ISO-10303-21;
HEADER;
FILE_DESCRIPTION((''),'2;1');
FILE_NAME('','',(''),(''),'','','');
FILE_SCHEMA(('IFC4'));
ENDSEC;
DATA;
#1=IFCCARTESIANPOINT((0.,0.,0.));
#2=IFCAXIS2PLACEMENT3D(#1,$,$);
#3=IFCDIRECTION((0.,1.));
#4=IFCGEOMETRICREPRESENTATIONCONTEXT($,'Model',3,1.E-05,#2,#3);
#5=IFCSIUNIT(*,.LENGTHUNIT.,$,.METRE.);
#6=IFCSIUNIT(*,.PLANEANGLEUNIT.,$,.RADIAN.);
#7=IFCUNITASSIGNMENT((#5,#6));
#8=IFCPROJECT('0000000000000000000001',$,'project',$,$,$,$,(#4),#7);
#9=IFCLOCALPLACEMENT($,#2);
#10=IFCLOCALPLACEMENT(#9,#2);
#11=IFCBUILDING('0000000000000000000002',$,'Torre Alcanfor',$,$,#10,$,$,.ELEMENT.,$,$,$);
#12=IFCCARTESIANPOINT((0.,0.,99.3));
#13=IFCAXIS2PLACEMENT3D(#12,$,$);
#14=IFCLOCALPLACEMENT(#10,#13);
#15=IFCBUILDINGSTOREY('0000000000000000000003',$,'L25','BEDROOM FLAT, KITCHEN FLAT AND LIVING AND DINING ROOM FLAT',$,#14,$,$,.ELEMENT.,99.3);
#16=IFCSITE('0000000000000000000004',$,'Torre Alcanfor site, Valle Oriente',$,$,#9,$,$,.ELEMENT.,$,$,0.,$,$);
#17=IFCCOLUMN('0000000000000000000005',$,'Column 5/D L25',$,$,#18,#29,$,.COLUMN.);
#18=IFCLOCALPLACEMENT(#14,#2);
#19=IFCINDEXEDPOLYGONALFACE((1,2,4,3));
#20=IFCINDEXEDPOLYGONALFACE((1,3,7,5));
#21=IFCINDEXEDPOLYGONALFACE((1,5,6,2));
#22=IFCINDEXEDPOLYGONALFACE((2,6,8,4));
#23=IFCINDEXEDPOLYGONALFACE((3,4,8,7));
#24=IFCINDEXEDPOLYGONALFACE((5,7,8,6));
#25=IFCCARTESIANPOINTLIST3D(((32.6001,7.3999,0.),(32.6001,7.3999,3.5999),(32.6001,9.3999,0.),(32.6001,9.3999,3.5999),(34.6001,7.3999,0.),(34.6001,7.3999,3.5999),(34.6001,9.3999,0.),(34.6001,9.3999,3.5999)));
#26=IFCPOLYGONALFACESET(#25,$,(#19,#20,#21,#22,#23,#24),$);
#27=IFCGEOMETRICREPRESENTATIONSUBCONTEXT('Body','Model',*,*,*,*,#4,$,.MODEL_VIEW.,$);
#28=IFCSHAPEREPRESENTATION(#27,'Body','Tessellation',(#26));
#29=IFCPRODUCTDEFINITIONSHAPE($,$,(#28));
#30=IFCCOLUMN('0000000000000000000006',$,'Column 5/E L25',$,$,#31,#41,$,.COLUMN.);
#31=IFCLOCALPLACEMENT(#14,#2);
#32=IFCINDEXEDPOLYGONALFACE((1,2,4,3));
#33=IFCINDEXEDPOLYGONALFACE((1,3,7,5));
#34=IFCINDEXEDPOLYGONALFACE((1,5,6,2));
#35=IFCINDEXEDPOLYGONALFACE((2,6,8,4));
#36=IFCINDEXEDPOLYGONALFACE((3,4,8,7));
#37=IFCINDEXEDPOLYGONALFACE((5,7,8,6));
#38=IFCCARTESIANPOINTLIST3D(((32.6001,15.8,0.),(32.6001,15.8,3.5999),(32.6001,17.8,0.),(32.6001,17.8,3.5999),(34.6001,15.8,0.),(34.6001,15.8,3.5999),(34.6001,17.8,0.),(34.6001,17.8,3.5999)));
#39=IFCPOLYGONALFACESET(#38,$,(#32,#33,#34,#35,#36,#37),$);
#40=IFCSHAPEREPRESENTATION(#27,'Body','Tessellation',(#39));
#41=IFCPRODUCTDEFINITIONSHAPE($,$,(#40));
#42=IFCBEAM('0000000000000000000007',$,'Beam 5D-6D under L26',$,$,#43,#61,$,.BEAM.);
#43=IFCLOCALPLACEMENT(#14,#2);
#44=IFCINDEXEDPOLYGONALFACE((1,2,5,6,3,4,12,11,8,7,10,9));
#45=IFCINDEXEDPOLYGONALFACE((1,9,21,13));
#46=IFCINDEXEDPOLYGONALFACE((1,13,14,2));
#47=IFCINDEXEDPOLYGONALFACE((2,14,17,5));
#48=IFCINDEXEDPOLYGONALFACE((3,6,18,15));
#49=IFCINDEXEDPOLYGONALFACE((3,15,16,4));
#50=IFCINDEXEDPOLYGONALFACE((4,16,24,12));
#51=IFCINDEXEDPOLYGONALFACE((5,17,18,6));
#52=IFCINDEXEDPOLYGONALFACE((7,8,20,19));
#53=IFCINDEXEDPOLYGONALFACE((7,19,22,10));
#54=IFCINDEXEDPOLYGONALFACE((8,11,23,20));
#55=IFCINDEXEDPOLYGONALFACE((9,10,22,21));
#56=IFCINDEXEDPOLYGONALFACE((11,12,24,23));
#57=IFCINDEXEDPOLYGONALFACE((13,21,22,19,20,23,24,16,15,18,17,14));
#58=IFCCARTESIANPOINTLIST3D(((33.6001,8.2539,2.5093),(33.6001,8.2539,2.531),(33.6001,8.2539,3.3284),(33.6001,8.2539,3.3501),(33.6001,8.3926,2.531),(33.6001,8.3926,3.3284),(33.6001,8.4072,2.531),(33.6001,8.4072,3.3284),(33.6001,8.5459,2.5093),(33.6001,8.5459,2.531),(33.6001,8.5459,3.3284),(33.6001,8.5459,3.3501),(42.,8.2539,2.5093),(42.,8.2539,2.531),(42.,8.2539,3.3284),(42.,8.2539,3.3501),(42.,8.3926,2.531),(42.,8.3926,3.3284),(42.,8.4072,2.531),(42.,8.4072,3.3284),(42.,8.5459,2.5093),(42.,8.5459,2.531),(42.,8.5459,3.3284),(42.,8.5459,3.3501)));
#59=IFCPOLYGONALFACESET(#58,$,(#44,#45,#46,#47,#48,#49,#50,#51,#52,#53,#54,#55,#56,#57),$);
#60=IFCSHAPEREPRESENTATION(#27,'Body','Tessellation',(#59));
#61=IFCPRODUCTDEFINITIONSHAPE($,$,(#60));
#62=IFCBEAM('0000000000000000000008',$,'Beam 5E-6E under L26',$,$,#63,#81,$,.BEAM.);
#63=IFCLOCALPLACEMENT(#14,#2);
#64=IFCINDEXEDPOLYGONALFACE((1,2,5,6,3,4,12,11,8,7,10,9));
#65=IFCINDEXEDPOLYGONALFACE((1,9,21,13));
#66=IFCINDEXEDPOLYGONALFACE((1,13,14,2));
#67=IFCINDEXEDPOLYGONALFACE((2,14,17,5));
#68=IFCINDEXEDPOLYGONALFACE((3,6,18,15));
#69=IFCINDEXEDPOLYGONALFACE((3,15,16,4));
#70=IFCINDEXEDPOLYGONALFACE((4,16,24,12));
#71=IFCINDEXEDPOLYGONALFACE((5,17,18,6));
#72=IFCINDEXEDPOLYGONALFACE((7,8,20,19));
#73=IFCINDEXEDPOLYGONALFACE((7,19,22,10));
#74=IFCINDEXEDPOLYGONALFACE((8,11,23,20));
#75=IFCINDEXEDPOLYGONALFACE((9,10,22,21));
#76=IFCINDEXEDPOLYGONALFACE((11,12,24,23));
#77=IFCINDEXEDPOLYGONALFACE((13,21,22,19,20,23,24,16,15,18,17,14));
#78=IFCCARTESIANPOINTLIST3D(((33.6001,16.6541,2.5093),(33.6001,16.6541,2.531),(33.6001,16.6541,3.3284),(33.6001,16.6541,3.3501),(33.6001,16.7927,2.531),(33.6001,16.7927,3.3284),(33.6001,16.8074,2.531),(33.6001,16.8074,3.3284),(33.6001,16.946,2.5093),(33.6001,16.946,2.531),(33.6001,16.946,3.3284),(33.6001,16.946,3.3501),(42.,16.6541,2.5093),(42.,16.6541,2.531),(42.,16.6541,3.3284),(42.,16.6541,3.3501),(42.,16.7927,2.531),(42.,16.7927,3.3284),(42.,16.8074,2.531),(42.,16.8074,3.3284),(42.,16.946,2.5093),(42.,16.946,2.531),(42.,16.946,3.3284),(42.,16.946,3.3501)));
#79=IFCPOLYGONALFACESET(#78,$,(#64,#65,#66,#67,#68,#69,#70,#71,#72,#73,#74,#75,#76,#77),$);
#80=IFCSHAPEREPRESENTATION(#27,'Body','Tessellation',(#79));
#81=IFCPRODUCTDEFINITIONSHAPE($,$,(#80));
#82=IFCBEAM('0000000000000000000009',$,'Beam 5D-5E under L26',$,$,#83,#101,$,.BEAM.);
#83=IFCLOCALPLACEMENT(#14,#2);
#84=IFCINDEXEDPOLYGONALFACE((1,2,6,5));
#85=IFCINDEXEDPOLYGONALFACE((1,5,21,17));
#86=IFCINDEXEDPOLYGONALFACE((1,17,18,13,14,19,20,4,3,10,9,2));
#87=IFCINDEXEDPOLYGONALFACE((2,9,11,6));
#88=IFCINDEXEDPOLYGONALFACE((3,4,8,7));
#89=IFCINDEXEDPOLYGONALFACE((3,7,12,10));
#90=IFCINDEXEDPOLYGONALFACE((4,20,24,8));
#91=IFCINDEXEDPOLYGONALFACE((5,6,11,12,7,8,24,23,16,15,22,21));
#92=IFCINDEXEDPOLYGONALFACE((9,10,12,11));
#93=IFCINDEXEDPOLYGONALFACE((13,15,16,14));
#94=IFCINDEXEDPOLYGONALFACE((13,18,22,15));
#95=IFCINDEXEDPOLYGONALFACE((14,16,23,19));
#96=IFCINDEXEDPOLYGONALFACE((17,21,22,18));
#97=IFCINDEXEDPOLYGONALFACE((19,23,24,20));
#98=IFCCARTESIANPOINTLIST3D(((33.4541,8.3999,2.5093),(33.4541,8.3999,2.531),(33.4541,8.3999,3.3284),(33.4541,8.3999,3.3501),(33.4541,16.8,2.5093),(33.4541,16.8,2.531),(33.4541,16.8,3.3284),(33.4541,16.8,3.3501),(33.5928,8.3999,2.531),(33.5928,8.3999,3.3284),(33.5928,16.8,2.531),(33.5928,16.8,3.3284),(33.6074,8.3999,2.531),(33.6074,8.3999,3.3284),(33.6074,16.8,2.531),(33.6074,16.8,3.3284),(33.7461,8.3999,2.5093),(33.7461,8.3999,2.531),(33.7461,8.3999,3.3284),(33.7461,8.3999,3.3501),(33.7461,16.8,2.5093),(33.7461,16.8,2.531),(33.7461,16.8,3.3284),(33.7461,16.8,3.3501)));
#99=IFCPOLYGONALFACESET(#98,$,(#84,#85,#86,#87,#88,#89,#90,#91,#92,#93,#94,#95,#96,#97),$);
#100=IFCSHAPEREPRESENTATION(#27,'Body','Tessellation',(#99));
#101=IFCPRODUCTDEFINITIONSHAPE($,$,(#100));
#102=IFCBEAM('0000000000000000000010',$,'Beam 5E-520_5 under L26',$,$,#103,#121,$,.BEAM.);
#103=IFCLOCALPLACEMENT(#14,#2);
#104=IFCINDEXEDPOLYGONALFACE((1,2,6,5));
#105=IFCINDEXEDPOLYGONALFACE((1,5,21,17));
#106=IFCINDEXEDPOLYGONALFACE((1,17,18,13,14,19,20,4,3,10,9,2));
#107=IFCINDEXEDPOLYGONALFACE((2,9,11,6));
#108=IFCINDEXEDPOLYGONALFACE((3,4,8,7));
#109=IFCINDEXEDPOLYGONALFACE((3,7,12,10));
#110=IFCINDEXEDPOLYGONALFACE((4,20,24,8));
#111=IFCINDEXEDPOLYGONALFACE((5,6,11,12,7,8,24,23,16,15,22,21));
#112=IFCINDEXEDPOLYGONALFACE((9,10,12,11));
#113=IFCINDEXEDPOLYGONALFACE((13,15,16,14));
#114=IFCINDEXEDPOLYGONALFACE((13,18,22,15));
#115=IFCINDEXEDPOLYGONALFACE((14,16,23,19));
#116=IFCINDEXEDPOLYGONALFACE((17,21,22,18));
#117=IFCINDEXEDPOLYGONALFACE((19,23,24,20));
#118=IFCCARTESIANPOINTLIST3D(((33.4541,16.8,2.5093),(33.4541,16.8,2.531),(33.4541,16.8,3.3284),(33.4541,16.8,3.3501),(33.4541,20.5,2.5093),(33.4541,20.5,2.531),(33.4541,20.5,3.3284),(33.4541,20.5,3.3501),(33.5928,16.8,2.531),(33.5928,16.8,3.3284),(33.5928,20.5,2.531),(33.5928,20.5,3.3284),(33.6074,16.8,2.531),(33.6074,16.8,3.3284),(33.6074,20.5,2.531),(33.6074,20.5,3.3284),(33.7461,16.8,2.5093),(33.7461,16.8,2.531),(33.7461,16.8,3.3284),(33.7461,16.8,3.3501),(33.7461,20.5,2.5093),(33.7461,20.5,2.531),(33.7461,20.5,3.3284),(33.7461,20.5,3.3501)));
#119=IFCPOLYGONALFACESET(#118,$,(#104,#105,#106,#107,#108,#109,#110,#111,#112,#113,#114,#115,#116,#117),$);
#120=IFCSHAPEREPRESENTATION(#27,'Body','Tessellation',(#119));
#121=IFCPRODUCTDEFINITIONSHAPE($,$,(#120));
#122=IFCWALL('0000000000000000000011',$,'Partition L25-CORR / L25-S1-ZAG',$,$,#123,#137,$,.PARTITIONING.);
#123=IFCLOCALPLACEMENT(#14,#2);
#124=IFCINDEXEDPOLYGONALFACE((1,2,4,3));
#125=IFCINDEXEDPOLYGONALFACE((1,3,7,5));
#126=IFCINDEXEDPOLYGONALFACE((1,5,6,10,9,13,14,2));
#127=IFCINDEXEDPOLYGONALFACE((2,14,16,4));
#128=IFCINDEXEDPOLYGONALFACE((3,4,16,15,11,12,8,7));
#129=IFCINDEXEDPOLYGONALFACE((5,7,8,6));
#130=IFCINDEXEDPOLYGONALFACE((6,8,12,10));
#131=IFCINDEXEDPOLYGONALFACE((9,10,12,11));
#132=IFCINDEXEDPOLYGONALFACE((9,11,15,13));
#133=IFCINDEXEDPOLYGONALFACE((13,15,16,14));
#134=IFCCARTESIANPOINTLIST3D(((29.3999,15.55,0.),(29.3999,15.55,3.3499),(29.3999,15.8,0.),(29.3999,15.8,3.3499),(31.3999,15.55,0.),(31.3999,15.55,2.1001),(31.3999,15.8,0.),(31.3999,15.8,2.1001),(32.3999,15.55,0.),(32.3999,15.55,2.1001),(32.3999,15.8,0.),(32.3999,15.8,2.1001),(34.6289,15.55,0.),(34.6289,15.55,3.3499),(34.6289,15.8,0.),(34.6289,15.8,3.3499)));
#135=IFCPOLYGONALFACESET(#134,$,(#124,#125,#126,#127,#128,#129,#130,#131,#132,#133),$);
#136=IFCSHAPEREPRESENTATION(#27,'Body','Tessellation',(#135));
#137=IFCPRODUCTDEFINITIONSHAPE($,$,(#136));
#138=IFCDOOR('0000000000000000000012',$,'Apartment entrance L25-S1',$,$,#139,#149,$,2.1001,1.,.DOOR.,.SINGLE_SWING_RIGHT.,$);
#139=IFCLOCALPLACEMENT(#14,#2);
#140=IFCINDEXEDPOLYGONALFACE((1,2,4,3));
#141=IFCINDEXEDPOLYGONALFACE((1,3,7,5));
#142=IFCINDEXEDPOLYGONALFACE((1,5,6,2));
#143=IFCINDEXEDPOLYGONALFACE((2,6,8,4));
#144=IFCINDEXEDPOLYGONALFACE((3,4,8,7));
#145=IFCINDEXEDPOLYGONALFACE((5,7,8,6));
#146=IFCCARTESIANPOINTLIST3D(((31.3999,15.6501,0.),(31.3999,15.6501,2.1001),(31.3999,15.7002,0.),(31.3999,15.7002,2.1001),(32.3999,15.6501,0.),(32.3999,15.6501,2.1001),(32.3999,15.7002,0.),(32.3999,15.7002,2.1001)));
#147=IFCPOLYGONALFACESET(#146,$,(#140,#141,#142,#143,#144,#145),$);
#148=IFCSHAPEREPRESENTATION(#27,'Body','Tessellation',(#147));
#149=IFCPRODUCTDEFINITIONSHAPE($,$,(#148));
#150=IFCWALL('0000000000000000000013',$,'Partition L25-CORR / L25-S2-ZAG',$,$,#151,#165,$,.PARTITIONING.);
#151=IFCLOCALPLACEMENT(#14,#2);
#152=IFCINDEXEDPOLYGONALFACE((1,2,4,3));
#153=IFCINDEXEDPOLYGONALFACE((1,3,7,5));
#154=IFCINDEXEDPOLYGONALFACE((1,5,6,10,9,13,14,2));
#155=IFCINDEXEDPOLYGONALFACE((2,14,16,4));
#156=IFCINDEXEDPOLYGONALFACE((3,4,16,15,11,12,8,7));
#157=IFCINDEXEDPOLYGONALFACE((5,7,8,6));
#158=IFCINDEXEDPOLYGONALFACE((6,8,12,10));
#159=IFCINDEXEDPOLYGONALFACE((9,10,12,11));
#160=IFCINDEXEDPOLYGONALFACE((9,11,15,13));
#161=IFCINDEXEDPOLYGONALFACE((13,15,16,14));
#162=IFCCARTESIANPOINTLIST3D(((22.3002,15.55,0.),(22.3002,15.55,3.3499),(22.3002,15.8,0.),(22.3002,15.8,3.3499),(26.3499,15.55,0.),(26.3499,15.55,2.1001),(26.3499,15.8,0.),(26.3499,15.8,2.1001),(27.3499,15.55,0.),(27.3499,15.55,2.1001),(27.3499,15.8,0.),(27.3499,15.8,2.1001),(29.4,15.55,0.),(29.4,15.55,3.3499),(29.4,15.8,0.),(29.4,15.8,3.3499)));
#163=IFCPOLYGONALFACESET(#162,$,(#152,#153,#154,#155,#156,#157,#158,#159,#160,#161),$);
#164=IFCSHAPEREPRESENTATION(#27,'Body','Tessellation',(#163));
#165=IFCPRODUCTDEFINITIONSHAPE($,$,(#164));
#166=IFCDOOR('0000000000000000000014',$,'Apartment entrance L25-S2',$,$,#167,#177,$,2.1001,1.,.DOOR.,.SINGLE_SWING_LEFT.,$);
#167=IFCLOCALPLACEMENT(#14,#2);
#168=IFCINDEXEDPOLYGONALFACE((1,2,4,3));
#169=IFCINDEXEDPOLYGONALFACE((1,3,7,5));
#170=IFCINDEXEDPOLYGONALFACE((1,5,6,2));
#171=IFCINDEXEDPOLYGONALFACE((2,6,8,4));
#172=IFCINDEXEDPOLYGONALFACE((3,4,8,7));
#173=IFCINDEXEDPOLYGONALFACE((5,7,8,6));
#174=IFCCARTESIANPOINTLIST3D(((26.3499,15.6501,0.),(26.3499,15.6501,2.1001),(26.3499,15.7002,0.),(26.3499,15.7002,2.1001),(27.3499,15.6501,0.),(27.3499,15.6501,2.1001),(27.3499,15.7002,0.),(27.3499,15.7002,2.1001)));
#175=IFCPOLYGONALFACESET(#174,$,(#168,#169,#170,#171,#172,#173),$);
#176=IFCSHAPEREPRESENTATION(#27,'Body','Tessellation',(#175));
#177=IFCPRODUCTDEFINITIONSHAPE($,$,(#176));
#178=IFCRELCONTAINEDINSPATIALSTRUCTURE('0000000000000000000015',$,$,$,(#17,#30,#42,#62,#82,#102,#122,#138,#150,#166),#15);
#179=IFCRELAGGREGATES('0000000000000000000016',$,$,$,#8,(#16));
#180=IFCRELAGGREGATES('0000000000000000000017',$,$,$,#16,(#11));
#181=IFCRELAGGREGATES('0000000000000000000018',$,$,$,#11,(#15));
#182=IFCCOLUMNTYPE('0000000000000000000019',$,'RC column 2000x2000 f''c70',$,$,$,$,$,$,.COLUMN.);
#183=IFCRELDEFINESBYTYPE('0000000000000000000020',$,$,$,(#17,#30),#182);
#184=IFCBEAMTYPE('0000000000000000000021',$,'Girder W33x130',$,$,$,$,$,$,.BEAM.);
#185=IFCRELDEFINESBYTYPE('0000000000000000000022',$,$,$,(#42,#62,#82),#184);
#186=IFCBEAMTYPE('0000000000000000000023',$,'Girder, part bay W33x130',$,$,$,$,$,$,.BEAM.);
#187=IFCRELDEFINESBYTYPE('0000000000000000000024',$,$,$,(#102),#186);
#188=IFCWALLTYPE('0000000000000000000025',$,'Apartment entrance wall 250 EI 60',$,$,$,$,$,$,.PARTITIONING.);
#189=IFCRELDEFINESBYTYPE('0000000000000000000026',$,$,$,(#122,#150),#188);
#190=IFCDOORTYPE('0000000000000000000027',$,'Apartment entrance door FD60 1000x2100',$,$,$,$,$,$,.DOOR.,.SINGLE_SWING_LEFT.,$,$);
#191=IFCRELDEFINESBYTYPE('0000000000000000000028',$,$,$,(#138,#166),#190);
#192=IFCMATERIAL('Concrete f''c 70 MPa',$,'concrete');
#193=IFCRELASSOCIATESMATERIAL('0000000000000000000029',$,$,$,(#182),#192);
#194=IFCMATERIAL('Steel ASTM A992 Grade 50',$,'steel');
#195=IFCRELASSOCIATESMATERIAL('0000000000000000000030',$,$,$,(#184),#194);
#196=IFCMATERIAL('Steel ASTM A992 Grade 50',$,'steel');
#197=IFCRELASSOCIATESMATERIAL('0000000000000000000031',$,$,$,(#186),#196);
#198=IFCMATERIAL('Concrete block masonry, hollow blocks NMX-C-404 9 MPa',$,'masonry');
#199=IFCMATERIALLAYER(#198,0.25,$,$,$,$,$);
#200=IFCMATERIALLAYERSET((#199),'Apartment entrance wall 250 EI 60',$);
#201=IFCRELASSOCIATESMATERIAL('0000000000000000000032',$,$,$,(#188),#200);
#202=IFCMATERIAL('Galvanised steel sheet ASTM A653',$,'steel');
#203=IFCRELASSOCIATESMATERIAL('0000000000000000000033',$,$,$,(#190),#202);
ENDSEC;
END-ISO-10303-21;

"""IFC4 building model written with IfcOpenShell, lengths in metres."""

from ifc_helpers import new_model, si_unit, direction, frame, frame_2d, origin, origin_2d, place, context, subcontext, project, spatial, rectangle, i_section, extrude, material, layer, layer_set, material_profile, profile_set, type_object, element, fill, save


model = new_model("IFC4")

# Units and contexts
model_context = context("Model", 3, precision=1e-05, world=origin(), true_north=direction((0.0, 1.0)))
body_context = subcontext(model_context, "Body", "Model", "MODEL_VIEW")
ifc_project = project(units=[si_unit("LENGTHUNIT", "METRE"), si_unit("PLANEANGLEUNIT", "RADIAN")], contexts=[model_context])

# Site, building, storey
site_placement = place(None, origin())
site = spatial("IfcSite", under=ifc_project, at=site_placement, Name="Torre Alcanfor site, Valle Oriente", CompositionType="ELEMENT", RefElevation=0.0)
building_placement = place(site_placement, origin())
building = spatial("IfcBuilding", under=site, at=building_placement, Name="Torre Alcanfor", CompositionType="ELEMENT")
storey_placement = place(building_placement, frame((0.0, 0.0, 99.3)))
storey = spatial("IfcBuildingStorey", under=building, at=storey_placement, Name="L25", Description="BEDROOM FLAT, KITCHEN FLAT AND LIVING AND DINING ROOM FLAT", CompositionType="ELEMENT", Elevation=99.3)

# Columns
ifc_material_1 = material(Name="Concrete f'c 70 MPa", Category="concrete")
ifc_material_profile_1 = material_profile(ifc_material_1, rectangle(XDim=2.0, YDim=2.0, at=origin_2d()), Name="2000x2000")
ifc_profile_set_1 = profile_set([ifc_material_profile_1], Name="Concrete f'c 70 MPa")
column_type = type_object("IfcColumnType", Name="RC column 2000x2000 f'c70", PredefinedType="COLUMN", material=ifc_profile_set_1)
for number, where, z_axis, x_axis, name in (
    (1, (33.6001, 8.3999, 0.0), (0.0, 0.0, 1.0), (1.0, 0.0, 0.0), "Column 5/D L25"),
    (2, (33.6001, 16.8, 0.0), (0.0, 0.0, 1.0), (1.0, 0.0, 0.0), "Column 5/E L25"),
):
    element("IfcColumn", number, at=place(storey_placement, frame(where, z_axis=z_axis, x_axis=x_axis)), inside=storey, type_object=column_type, Name=name, PredefinedType="COLUMN", context=body_context, shape_type="SweptSolid", body=[
        extrude(rectangle(XDim=2.0, YDim=2.0, at=origin_2d()), origin(), (0.0, 0.0, 1.0), 3.5999),
    ])

# Beams
ifc_material_2 = material(Name="Steel ASTM A992 Grade 50", Category="steel")
ifc_material_profile_2 = material_profile(ifc_material_2, i_section(OverallWidth=0.292, OverallDepth=0.8408, WebThickness=0.0146, FlangeThickness=0.0217, at=origin_2d()), Name="W33x130")
ifc_profile_set_2 = profile_set([ifc_material_profile_2], Name="Steel ASTM A992 Grade 50")
beam_type_1 = type_object("IfcBeamType", Name="Girder W33x130", PredefinedType="BEAM", material=ifc_profile_set_2)
for number, where, z_axis, x_axis, name in (
    (3, (33.6001, 8.3999, 2.9297), (1.0, 0.0, 0.0), (0.0, 1.0, 0.0), "Beam 5D-6D under L26"),
    (4, (33.6001, 16.8, 2.9297), (1.0, 0.0, 0.0), (0.0, 1.0, 0.0), "Beam 5E-6E under L26"),
):
    element("IfcBeam", number, at=place(storey_placement, frame(where, z_axis=z_axis, x_axis=x_axis)), inside=storey, type_object=beam_type_1, Name=name, PredefinedType="BEAM", context=body_context, shape_type="SweptSolid", body=[
        extrude(i_section(OverallWidth=0.292, OverallDepth=0.8408, WebThickness=0.0146, FlangeThickness=0.0217, at=origin_2d()), origin(), (0.0, 0.0, 1.0), 8.3999),
    ])
beam_1_placement = place(storey_placement, frame((33.6001, 8.3999, 2.9297), z_axis=(0.0, 1.0, 0.0), x_axis=(-1.0, 0.0, 0.0)))
element("IfcBeam", 5, at=beam_1_placement, inside=storey, type_object=beam_type_1, Name="Beam 5D-5E under L26", PredefinedType="BEAM", context=body_context, shape_type="SweptSolid", body=[
    extrude(i_section(OverallWidth=0.292, OverallDepth=0.8408, WebThickness=0.0146, FlangeThickness=0.0217, at=origin_2d()), origin(), (0.0, 0.0, 1.0), 8.4001),
])
ifc_material_3 = material(Name="Steel ASTM A992 Grade 50", Category="steel")
ifc_material_profile_3 = material_profile(ifc_material_3, i_section(OverallWidth=0.292, OverallDepth=0.8408, WebThickness=0.0146, FlangeThickness=0.0217, at=origin_2d()), Name="W33x130")
ifc_profile_set_3 = profile_set([ifc_material_profile_3], Name="Steel ASTM A992 Grade 50")
beam_type_2 = type_object("IfcBeamType", Name="Girder, part bay W33x130", PredefinedType="BEAM", material=ifc_profile_set_3)
beam_2_placement = place(storey_placement, frame((33.6001, 16.8, 2.9297), z_axis=(0.0, 1.0, 0.0), x_axis=(-1.0, 0.0, 0.0)))
element("IfcBeam", 6, at=beam_2_placement, inside=storey, type_object=beam_type_2, Name="Beam 5E-520_5 under L26", PredefinedType="BEAM", context=body_context, shape_type="SweptSolid", body=[
    extrude(i_section(OverallWidth=0.292, OverallDepth=0.8408, WebThickness=0.0146, FlangeThickness=0.0217, at=origin_2d()), origin(), (0.0, 0.0, 1.0), 3.7),
])

# Walls, openings, doors
ifc_material_4 = material(Name="Concrete block masonry, hollow blocks NMX-C-404 9 MPa", Category="masonry")
ifc_layer_1 = layer(ifc_material_4, 0.25)
ifc_layer_set_1 = layer_set([ifc_layer_1], Name="Apartment entrance wall 250 EI 60")
wall_type_1 = type_object("IfcWallType", Name="Apartment entrance wall 250 EI 60", PredefinedType="PARTITIONING", material=ifc_layer_set_1)
wall_1_placement = place(storey_placement, frame((34.6289, 15.675, 0.0), z_axis=(0.0, 0.0, 1.0), x_axis=(-1.0, 0.0, 0.0)))
wall_1 = element("IfcWall", 7, at=wall_1_placement, inside=storey, type_object=wall_type_1, Name="Partition L25-CORR / L25-S1-ZAG", PredefinedType="PARTITIONING", context=body_context, shape_type="SweptSolid", body=[
    extrude(rectangle(XDim=5.229, YDim=0.25, at=frame_2d((2.6145, 0.0))), origin(), (0.0, 0.0, 1.0), 3.3499),
])
opening_1_placement = place(wall_1_placement, frame((2.229, 0.0, 0.0)))
opening_1 = element("IfcOpeningElement", 8, at=opening_1_placement, cuts=wall_1, PredefinedType="OPENING", context=body_context, shape_type="SweptSolid", body=[
    extrude(rectangle(XDim=1.0, YDim=2.1001, at=frame_2d((0.5, 1.05))), frame((0.0, 0.135, 0.0), z_axis=(0.0, -1.0, 0.0), x_axis=(1.0, 0.0, 0.0)), (0.0, 0.0, 1.0), 0.27),
])
ifc_material_5 = material(Name="Galvanised steel sheet ASTM A653", Category="steel")
door_type_1 = type_object("IfcDoorType", Name="Apartment entrance door FD60 1000x2100", OperationType="SINGLE_SWING_LEFT", PredefinedType="DOOR", material=ifc_material_5)
door_1_placement = place(opening_1_placement, origin())
door_1 = element("IfcDoor", 9, at=door_1_placement, inside=storey, type_object=door_type_1, Name="Apartment entrance L25-S1", OperationType="SINGLE_SWING_RIGHT", OverallHeight=2.1001, OverallWidth=1.0, PredefinedType="DOOR", context=body_context, shape_type="SweptSolid", body=[
    extrude(rectangle(XDim=1.0, YDim=2.1001, at=frame_2d((0.5, 1.05))), frame((0.0, 0.0249, 0.0), z_axis=(0.0, -1.0, 0.0), x_axis=(1.0, 0.0, 0.0)), (0.0, 0.0, 1.0), 0.05),
])
fill(opening_1, door_1)
wall_2_placement = place(storey_placement, frame((29.3999, 15.675, 0.0), z_axis=(0.0, 0.0, 1.0), x_axis=(-1.0, 0.0, 0.0)))
wall_2 = element("IfcWall", 10, at=wall_2_placement, inside=storey, type_object=wall_type_1, Name="Partition L25-CORR / L25-S2-ZAG", PredefinedType="PARTITIONING", context=body_context, shape_type="SweptSolid", body=[
    extrude(rectangle(XDim=7.0999, YDim=0.25, at=frame_2d((3.5498, 0.0))), origin(), (0.0, 0.0, 1.0), 3.3499),
])
opening_2_placement = place(wall_2_placement, frame((2.05, 0.0, 0.0)))
opening_2 = element("IfcOpeningElement", 11, at=opening_2_placement, cuts=wall_2, PredefinedType="OPENING", context=body_context, shape_type="SweptSolid", body=[
    extrude(rectangle(XDim=1.0, YDim=2.1001, at=frame_2d((0.5, 1.05))), frame((0.0, 0.135, 0.0), z_axis=(0.0, -1.0, 0.0), x_axis=(1.0, 0.0, 0.0)), (0.0, 0.0, 1.0), 0.27),
])
door_2_placement = place(opening_2_placement, origin())
door_2 = element("IfcDoor", 12, at=door_2_placement, inside=storey, type_object=door_type_1, Name="Apartment entrance L25-S2", OperationType="SINGLE_SWING_LEFT", OverallHeight=2.1001, OverallWidth=1.0, PredefinedType="DOOR", context=body_context, shape_type="SweptSolid", body=[
    extrude(rectangle(XDim=1.0, YDim=2.1001, at=frame_2d((0.5, 1.05))), frame((0.0, 0.0249, 0.0), z_axis=(0.0, -1.0, 0.0), x_axis=(1.0, 0.0, 0.0)), (0.0, 0.0, 1.0), 0.05),
])
fill(opening_2, door_2)

save(model, "model.ifc")
